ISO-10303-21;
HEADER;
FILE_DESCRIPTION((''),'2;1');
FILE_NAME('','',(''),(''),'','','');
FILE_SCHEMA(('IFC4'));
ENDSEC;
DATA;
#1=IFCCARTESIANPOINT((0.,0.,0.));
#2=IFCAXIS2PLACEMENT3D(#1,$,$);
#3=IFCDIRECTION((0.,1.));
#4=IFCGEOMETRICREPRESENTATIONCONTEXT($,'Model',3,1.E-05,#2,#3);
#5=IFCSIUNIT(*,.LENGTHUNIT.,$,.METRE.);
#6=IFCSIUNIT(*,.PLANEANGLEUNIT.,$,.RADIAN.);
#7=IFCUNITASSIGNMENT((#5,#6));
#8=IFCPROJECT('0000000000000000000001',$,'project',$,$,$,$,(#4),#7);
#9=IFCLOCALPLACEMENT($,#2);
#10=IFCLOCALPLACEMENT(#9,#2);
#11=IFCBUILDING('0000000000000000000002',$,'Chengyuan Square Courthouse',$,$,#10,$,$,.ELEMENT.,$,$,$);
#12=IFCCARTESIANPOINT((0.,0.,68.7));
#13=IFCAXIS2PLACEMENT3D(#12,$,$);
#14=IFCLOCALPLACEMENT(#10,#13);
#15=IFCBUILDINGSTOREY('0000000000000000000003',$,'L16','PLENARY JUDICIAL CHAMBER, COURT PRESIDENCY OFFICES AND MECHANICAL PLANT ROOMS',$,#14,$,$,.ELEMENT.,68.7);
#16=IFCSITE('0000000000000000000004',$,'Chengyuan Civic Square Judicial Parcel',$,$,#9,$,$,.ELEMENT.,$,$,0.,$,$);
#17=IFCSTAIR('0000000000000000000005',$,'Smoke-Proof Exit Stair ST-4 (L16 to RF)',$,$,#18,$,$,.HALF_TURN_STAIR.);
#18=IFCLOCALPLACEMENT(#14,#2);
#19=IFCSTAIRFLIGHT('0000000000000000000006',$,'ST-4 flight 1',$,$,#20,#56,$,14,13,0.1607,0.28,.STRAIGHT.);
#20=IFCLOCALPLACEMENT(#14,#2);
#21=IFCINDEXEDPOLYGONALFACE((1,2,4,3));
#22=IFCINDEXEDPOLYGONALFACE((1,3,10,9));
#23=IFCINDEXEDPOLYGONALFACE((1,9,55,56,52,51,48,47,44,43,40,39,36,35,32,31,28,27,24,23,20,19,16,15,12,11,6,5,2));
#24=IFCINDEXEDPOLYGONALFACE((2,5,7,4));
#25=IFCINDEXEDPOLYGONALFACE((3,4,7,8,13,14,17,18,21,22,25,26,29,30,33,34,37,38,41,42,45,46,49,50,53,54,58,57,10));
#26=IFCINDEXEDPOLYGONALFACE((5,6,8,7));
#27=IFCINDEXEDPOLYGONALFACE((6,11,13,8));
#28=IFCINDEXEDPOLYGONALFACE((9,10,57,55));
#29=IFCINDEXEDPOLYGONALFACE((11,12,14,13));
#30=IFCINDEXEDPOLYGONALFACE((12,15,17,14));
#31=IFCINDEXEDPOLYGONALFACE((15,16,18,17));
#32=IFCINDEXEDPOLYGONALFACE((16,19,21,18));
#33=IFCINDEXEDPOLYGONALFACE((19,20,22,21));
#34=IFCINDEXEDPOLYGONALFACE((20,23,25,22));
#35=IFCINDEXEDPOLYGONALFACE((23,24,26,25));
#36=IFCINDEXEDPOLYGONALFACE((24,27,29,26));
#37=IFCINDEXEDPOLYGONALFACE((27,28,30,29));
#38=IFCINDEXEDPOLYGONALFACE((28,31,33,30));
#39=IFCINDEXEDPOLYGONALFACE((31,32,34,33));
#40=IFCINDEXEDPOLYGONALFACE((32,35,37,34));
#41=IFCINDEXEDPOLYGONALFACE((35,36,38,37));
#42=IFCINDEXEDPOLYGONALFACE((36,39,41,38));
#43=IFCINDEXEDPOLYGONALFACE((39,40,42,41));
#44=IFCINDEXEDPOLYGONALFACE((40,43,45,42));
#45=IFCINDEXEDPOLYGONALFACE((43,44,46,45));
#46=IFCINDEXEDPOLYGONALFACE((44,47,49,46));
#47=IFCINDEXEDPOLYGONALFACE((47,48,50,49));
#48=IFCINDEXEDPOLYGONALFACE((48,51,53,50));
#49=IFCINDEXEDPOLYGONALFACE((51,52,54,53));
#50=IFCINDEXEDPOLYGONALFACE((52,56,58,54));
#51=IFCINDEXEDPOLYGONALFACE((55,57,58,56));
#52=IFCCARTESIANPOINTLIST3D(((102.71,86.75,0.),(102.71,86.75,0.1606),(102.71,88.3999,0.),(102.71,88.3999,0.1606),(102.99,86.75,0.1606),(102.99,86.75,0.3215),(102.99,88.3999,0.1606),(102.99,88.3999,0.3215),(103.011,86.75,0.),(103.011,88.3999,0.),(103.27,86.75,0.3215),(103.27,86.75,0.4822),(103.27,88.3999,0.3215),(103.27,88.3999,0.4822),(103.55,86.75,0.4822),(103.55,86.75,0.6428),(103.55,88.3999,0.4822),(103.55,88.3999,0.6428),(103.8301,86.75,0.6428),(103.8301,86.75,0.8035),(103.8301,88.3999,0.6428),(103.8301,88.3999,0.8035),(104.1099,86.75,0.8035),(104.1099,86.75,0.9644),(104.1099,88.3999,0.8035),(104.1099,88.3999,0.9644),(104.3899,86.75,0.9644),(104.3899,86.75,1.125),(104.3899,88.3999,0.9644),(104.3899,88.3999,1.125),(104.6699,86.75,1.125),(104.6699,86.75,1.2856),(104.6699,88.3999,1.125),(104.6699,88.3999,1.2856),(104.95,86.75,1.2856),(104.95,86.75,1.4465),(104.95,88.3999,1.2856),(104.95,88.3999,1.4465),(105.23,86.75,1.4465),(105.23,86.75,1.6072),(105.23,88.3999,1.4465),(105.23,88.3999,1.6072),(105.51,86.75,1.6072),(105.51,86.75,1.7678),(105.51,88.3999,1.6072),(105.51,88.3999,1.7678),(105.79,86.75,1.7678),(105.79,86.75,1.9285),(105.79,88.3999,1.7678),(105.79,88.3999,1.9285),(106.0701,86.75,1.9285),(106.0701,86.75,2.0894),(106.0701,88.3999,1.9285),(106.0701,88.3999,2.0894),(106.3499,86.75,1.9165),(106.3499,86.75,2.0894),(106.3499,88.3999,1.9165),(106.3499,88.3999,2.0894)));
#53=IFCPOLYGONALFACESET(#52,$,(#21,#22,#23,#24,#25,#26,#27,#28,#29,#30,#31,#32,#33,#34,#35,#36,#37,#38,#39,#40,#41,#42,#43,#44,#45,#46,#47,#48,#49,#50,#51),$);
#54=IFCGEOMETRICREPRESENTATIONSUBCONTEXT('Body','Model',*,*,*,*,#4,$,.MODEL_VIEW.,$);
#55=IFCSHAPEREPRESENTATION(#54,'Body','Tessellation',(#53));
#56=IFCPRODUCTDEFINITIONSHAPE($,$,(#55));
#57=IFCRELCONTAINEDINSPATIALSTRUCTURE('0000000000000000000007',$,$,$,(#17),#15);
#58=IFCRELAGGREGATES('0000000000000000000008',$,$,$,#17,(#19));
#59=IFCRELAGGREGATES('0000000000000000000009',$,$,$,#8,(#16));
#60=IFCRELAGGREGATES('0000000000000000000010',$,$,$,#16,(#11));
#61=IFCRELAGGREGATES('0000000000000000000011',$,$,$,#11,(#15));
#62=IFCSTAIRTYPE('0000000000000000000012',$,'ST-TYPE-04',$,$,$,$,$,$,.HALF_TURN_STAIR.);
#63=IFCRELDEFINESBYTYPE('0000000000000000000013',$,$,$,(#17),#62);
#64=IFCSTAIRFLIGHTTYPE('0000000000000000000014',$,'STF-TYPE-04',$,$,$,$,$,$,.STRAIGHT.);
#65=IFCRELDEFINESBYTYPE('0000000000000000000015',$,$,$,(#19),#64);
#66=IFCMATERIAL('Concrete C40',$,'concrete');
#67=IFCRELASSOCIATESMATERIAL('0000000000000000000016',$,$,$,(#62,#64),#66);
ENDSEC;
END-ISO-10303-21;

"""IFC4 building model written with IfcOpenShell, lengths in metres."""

from ifc_helpers import new_model, si_unit, direction, frame, origin, place, context, subcontext, project, spatial, polyline, outline, extrude, material, type_object, element, aggregate, save


model = new_model("IFC4")

# Units and contexts
model_context = context("Model", 3, precision=1e-05, world=origin(), true_north=direction((0.0, 1.0)))
body_context = subcontext(model_context, "Body", "Model", "MODEL_VIEW")
ifc_project = project(units=[si_unit("LENGTHUNIT", "METRE"), si_unit("PLANEANGLEUNIT", "RADIAN")], contexts=[model_context])

# Site, building, storey
site_placement = place(None, origin())
site = spatial("IfcSite", under=ifc_project, at=site_placement, Name="Chengyuan Civic Square Judicial Parcel", CompositionType="ELEMENT", RefElevation=0.0)
building_placement = place(site_placement, origin())
building = spatial("IfcBuilding", under=site, at=building_placement, Name="Chengyuan Square Courthouse", CompositionType="ELEMENT")
storey_placement = place(building_placement, frame((0.0, 0.0, 68.7)))
storey = spatial("IfcBuildingStorey", under=building, at=storey_placement, Name="L16", Description="PLENARY JUDICIAL CHAMBER, COURT PRESIDENCY OFFICES AND MECHANICAL PLANT ROOMS", CompositionType="ELEMENT", Elevation=68.7)

# Shared definitions
ifc_material_1 = material(Name="Concrete C40", Category="concrete")

# Stair, stair flight
stair_type = type_object("IfcStairType", Name="ST-TYPE-04", PredefinedType="HALF_TURN_STAIR", material=ifc_material_1)
stair_placement = place(storey_placement, origin())
stair = element("IfcStair", 1, at=stair_placement, inside=storey, type_object=stair_type, Name="Smoke-Proof Exit Stair ST-4 (L16 to RF)", PredefinedType="HALF_TURN_STAIR")
stair_flight_type = type_object("IfcStairFlightType", Name="STF-TYPE-04", PredefinedType="STRAIGHT", material=ifc_material_1)
stair_flight_placement = place(storey_placement, frame((102.71, 87.575, 0.0), z_axis=(0.0, 0.0, 1.0), x_axis=(1.0, 0.0, 0.0)))
stair_flight = element("IfcStairFlight", 2, at=stair_flight_placement, type_object=stair_flight_type, Name="ST-4 flight 1", NumberOfRisers=14, NumberOfTreads=13, PredefinedType="STRAIGHT", RiserHeight=0.1607, TreadLength=0.28, context=body_context, shape_type="SweptSolid", body=[
    extrude(outline(polyline([(0.0, 0.0), (0.0, 0.1606), (0.28, 0.1606), (0.28, 0.3215), (0.5601, 0.3215), (0.5601, 0.4822), (0.8401, 0.4822), (0.8401, 0.6428), (1.1201, 0.6428), (1.1201, 0.8035), (1.3999, 0.8035), (1.3999, 0.9644), (1.6799, 0.9644), (1.6799, 1.125), (1.96, 1.125), (1.96, 1.2856), (2.24, 1.2856), (2.24, 1.4465), (2.52, 1.4465), (2.52, 1.6072), (2.8, 1.6072), (2.8, 1.7678), (3.0801, 1.7678), (3.0801, 1.9285), (3.3601, 1.9285), (3.3601, 2.0894), (3.6399, 2.0894), (3.6399, 2.25), (3.6399, 1.9165), (0.301, 0.0), (0.0, 0.0)])), frame((0.0, 0.825, 0.0), z_axis=(0.0, -1.0, 0.0), x_axis=(1.0, 0.0, 0.0)), (0.0, 0.0, 1.0), 1.6499),
])
aggregate(stair, [stair_flight])

save(model, "model.ifc")
